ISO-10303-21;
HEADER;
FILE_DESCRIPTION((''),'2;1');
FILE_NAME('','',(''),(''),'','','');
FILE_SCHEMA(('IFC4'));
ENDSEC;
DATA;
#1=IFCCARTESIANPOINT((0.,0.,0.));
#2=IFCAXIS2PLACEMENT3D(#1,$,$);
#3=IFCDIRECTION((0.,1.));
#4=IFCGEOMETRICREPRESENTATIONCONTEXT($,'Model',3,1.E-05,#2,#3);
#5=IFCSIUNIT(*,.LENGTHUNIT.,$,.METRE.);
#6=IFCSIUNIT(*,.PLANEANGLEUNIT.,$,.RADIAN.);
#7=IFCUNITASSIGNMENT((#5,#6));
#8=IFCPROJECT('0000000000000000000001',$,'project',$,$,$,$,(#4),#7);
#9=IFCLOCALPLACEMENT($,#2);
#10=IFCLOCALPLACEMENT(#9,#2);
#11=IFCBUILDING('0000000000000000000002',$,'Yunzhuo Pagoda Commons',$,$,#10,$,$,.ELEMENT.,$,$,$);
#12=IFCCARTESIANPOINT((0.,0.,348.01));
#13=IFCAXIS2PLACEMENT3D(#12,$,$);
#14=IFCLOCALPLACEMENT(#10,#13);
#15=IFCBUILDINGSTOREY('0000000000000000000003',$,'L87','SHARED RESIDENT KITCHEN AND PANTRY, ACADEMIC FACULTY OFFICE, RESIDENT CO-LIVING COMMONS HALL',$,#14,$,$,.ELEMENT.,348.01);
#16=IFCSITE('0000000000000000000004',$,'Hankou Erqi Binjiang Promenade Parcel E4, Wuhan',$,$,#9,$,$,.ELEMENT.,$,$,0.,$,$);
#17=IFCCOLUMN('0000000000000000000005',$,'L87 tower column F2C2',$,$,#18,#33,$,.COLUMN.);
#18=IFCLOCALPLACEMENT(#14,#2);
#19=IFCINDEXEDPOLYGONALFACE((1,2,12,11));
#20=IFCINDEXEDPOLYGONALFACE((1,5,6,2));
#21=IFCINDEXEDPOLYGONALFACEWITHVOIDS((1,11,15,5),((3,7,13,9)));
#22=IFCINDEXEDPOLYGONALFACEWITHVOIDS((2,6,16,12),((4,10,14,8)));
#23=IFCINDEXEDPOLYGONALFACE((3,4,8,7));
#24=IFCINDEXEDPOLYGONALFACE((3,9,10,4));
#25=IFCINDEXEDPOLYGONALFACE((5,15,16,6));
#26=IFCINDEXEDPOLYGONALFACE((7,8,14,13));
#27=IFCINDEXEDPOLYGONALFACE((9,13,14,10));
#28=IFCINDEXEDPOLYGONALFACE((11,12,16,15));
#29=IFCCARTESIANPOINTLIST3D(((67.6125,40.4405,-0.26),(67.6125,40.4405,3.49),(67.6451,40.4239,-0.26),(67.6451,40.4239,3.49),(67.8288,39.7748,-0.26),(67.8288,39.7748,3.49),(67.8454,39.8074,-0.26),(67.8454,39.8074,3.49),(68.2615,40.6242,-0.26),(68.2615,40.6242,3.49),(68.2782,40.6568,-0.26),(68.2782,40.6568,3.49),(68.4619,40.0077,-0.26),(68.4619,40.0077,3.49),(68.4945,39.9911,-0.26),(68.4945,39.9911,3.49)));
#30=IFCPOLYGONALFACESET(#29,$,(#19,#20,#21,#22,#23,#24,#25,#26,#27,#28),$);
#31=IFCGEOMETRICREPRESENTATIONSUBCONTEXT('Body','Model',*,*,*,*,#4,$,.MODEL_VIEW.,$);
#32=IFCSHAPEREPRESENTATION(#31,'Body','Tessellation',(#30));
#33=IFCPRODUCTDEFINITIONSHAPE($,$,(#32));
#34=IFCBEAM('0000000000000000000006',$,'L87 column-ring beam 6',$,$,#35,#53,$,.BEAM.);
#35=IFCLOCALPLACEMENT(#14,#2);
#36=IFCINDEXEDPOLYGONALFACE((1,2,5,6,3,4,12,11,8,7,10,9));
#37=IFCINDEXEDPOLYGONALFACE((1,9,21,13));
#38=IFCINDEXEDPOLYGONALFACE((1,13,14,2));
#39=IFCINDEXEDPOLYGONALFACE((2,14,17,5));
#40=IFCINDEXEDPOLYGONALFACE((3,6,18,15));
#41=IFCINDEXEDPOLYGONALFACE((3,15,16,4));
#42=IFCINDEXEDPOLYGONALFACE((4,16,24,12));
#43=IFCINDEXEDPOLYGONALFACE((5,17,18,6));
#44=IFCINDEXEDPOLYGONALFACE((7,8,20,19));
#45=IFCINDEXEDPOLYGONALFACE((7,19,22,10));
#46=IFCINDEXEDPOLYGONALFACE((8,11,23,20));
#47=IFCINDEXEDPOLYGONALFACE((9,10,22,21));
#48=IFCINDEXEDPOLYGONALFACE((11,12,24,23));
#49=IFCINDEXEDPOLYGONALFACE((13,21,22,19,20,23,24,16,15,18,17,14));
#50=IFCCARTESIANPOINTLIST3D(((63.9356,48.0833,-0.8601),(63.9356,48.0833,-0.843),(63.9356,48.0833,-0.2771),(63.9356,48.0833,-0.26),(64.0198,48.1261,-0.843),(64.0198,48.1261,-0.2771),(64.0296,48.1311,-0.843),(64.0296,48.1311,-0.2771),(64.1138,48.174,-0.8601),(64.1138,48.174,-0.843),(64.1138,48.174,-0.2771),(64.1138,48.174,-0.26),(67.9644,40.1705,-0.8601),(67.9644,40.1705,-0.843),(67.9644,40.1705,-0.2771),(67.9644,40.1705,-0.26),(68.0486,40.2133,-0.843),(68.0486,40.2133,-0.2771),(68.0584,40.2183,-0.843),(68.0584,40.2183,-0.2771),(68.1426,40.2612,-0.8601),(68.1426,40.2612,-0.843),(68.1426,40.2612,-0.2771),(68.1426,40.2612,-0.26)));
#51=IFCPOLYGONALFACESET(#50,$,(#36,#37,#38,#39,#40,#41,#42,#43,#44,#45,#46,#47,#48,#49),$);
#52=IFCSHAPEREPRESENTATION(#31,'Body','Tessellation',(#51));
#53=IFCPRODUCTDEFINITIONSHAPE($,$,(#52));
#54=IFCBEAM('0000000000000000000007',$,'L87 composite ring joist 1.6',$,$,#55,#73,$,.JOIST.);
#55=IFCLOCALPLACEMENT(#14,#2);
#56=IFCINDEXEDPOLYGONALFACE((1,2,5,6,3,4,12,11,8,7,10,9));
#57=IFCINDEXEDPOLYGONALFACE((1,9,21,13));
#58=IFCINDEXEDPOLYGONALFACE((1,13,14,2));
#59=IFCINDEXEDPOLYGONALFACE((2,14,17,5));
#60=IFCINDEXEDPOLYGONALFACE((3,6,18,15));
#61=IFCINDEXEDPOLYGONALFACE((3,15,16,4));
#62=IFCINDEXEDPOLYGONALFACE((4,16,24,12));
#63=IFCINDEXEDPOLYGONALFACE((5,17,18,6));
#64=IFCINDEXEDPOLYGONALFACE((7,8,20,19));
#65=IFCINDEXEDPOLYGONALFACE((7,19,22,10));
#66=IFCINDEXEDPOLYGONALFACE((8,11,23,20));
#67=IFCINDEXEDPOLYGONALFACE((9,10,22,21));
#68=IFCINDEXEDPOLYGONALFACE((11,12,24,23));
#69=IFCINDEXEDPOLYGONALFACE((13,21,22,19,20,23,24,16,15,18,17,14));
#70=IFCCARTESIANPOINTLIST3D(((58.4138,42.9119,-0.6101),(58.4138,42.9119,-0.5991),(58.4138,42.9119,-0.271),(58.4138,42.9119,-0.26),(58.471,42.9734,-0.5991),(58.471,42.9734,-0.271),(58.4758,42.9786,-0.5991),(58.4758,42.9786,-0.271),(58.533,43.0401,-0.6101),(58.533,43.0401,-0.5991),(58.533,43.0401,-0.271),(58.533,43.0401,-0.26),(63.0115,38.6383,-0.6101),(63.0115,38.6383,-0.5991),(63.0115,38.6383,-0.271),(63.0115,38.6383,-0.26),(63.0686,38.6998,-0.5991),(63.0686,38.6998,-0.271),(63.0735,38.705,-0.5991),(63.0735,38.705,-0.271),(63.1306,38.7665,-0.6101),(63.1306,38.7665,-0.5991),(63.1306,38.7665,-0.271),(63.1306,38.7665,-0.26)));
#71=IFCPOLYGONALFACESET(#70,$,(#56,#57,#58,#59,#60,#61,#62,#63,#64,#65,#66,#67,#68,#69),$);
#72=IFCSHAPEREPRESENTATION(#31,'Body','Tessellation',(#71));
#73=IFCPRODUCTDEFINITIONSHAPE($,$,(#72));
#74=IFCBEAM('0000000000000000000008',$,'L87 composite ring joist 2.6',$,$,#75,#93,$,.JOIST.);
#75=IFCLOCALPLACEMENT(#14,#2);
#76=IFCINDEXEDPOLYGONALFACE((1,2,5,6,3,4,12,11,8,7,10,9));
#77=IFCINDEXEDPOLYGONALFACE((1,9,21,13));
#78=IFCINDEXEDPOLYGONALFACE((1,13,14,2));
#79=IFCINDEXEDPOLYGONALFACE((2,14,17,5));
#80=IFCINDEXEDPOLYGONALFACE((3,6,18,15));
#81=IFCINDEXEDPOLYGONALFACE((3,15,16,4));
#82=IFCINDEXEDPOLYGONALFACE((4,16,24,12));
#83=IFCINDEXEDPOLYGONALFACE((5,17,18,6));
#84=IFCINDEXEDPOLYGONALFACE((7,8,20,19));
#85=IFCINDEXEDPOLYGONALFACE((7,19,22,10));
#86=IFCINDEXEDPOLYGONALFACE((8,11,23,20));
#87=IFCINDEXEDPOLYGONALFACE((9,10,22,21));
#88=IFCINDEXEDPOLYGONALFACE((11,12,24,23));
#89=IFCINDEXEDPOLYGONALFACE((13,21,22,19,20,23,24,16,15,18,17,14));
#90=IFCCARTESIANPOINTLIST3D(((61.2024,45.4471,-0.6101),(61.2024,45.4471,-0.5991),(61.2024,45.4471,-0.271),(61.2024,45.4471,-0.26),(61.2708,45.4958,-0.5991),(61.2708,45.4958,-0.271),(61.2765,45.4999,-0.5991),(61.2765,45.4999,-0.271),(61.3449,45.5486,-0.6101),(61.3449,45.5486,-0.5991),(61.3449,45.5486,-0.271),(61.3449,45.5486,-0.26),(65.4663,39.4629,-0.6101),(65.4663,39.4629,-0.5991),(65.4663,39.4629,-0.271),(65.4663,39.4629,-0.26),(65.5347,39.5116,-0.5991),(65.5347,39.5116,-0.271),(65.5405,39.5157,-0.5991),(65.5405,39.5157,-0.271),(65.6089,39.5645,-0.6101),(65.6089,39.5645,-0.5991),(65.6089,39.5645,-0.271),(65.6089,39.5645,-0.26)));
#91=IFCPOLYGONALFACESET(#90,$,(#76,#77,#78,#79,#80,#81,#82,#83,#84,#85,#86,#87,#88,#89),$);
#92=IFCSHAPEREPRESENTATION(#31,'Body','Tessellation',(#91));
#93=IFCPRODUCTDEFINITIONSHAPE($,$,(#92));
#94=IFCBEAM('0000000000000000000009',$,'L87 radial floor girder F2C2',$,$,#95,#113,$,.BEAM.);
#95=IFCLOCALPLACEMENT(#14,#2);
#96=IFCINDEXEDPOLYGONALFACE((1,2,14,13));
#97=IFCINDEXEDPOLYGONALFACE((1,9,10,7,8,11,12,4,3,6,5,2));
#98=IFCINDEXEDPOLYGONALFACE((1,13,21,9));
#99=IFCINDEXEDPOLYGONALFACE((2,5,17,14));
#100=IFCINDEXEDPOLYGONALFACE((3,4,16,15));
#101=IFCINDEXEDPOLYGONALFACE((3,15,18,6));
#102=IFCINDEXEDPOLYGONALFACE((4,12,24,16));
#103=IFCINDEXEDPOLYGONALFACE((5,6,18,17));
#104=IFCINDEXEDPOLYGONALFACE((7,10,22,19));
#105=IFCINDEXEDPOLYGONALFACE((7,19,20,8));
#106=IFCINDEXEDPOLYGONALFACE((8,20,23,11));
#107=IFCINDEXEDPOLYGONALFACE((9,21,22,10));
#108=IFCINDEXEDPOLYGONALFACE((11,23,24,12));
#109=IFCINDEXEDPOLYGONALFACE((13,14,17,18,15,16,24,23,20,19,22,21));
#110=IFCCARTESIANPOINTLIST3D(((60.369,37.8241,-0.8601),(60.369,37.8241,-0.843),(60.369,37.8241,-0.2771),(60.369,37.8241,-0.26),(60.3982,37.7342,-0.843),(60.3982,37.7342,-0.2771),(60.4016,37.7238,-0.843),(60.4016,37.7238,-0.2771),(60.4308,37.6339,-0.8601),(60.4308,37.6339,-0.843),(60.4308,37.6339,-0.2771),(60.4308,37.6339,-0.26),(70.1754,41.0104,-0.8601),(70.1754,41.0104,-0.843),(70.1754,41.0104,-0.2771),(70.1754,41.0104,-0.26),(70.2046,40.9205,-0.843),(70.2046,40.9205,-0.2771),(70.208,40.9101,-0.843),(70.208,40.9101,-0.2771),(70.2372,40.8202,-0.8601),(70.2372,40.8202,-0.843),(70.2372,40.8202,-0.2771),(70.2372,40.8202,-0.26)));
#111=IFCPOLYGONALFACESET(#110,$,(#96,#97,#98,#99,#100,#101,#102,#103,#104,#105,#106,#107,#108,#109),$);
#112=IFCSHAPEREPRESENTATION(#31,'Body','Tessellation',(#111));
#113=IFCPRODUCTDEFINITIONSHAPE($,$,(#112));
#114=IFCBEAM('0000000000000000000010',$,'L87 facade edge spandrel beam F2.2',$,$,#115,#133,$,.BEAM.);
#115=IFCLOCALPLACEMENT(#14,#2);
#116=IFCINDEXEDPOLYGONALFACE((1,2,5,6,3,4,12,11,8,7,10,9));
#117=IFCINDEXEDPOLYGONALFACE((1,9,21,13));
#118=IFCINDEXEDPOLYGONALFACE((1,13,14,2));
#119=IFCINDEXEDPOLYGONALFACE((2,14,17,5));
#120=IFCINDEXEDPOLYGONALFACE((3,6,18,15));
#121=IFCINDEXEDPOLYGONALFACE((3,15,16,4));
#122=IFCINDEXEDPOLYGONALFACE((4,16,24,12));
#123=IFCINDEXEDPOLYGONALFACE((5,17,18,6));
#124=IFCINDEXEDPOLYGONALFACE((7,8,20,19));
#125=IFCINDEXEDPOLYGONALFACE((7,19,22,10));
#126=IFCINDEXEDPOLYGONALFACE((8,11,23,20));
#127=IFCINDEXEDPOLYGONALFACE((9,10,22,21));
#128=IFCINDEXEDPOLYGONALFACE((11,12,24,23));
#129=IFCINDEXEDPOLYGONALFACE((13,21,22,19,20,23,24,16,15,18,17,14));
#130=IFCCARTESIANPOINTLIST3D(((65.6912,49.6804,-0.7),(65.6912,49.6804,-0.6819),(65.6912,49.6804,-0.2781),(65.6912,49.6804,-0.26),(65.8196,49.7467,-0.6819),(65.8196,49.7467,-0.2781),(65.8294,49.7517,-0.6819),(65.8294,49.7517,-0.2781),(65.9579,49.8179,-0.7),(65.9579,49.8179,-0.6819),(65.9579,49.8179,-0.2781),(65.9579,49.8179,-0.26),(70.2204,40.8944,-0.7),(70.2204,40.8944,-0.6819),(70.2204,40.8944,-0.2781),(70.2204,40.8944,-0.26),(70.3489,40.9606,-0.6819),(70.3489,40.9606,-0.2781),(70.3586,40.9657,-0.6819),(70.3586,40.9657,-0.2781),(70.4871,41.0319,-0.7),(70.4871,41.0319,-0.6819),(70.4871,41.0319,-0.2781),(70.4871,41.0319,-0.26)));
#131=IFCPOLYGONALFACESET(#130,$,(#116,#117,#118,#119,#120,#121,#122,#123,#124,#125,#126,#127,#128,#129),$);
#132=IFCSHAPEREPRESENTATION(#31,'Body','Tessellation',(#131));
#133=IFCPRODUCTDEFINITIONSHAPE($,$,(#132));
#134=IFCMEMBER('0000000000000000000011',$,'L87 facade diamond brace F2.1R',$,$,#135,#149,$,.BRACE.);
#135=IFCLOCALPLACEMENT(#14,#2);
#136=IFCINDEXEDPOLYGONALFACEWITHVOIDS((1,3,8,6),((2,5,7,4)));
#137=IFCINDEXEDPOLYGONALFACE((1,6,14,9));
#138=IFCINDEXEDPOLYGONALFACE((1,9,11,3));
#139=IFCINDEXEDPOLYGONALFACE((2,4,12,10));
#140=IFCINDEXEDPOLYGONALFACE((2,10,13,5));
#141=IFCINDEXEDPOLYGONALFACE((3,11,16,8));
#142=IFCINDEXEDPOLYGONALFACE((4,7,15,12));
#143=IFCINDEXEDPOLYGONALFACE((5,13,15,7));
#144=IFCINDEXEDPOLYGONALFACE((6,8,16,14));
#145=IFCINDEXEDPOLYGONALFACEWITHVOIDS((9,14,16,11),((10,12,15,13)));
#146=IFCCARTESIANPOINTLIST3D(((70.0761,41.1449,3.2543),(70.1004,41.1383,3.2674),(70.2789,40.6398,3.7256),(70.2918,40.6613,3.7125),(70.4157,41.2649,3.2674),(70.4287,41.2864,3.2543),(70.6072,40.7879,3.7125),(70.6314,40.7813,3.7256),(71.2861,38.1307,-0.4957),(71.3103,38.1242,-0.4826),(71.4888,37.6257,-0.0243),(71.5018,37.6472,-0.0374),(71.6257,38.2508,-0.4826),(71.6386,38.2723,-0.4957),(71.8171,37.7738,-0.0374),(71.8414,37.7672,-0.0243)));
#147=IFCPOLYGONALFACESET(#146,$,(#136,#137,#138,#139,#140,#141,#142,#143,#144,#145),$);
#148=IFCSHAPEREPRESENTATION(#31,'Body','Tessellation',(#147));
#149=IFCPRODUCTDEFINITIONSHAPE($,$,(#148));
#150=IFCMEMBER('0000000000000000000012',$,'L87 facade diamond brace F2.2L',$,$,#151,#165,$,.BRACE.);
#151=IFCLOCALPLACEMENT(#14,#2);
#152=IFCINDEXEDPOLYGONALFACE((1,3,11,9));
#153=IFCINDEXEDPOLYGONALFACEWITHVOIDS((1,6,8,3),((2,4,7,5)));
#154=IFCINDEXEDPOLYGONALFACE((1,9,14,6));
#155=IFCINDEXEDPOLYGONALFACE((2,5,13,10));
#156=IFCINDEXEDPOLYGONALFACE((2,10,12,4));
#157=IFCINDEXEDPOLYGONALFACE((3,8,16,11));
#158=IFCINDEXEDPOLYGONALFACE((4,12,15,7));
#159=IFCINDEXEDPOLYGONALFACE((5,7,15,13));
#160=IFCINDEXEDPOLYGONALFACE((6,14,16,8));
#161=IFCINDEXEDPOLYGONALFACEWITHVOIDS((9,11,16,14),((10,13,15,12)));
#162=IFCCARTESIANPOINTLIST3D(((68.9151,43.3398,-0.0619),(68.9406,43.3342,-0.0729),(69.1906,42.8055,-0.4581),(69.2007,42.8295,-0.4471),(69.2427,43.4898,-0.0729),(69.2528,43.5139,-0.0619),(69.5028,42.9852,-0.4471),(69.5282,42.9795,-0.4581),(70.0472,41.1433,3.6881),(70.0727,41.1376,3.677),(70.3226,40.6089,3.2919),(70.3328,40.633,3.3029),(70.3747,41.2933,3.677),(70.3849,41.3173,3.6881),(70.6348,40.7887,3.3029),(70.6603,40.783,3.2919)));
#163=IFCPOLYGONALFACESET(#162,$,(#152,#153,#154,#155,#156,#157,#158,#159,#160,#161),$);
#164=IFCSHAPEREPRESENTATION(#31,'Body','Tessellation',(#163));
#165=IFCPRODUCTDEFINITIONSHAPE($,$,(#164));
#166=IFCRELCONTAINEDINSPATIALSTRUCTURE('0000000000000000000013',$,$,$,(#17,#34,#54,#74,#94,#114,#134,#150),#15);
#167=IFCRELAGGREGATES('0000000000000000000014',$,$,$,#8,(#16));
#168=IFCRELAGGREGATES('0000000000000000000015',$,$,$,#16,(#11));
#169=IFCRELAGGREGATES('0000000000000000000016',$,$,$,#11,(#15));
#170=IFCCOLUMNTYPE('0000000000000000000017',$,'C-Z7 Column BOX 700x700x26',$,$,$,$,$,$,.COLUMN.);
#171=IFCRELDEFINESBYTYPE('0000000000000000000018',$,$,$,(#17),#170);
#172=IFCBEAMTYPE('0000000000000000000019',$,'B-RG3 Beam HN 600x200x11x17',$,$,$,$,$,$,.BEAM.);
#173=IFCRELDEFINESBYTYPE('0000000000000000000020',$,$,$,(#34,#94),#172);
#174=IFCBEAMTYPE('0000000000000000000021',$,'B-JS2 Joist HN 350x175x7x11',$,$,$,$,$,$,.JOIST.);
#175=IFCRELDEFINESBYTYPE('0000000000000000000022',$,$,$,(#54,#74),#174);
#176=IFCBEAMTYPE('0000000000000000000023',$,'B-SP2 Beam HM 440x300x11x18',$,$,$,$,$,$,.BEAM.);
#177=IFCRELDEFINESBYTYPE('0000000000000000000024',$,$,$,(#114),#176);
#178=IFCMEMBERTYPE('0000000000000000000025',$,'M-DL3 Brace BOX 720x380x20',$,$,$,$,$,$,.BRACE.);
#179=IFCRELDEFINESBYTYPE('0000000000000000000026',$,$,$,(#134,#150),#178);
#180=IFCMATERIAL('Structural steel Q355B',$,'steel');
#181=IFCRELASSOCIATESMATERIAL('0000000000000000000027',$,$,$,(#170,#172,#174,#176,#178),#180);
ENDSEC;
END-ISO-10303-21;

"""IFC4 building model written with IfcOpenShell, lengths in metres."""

from ifc_helpers import new_model, si_unit, direction, frame, origin, origin_2d, place, context, subcontext, project, spatial, hollow_rectangle, i_section, extrude, source, transform, mapped, material, material_profile, profile_set, type_object, element, save


model = new_model("IFC4")

# Units and contexts
model_context = context("Model", 3, precision=1e-05, world=origin(), true_north=direction((0.0, 1.0)))
body_context = subcontext(model_context, "Body", "Model", "MODEL_VIEW")
ifc_project = project(units=[si_unit("LENGTHUNIT", "METRE"), si_unit("PLANEANGLEUNIT", "RADIAN")], contexts=[model_context])

# Site, building, storey
site_placement = place(None, origin())
site = spatial("IfcSite", under=ifc_project, at=site_placement, Name="Hankou Erqi Binjiang Promenade Parcel E4, Wuhan", CompositionType="ELEMENT", RefElevation=0.0)
building_placement = place(site_placement, origin())
building = spatial("IfcBuilding", under=site, at=building_placement, Name="Yunzhuo Pagoda Commons", CompositionType="ELEMENT")
storey_placement = place(building_placement, frame((0.0, 0.0, 348.01)))
storey = spatial("IfcBuildingStorey", under=building, at=storey_placement, Name="L87", Description="SHARED RESIDENT KITCHEN AND PANTRY, ACADEMIC FACULTY OFFICE, RESIDENT CO-LIVING COMMONS HALL", CompositionType="ELEMENT", Elevation=348.01)

# Column
ifc_material_1 = material(Name="Structural steel Q355B", Category="steel")
ifc_material_profile_1 = material_profile(ifc_material_1, hollow_rectangle(XDim=0.7, YDim=0.7, WallThickness=0.0259, at=origin_2d()), Name="Structural steel Q355B")
ifc_profile_set_1 = profile_set([ifc_material_profile_1], Name="Structural steel Q355B")
column_type = type_object("IfcColumnType", Name="C-Z7 Column BOX 700x700x26", PredefinedType="COLUMN", material=ifc_profile_set_1)
shared_shape_1 = source(origin(), body_context, "Body", "SweptSolid", [
    extrude(hollow_rectangle(XDim=0.7, YDim=0.7, WallThickness=0.0259, at=origin_2d()), origin(), (0.0, 0.0, 1.0), 3.75),
])
column_placement = place(storey_placement, frame((68.0535, 40.2158, -0.26), z_axis=(0.0, 0.0, 1.0), x_axis=(-0.309017, 0.951057, 0.0)))
element("IfcColumn", 1, at=column_placement, inside=storey, type_object=column_type, Name="L87 tower column F2C2", PredefinedType="COLUMN", context=body_context, shape_type="MappedRepresentation", body=[
    mapped(shared_shape_1, transform((0.0, 0.0, 0.0), scale=1.0)),
])

# Beams
ifc_material_profile_2 = material_profile(ifc_material_1, i_section(OverallWidth=0.2, OverallDepth=0.6001, WebThickness=0.011, FlangeThickness=0.0171, at=origin_2d()), Name="Structural steel Q355B")
ifc_profile_set_2 = profile_set([ifc_material_profile_2], Name="Structural steel Q355B")
beam_type_1 = type_object("IfcBeamType", Name="B-RG3 Beam HN 600x200x11x17", PredefinedType="BEAM", material=ifc_profile_set_2)
shared_shape_2 = source(origin(), body_context, "Body", "SweptSolid", [
    extrude(i_section(OverallWidth=0.2, OverallDepth=0.6001, WebThickness=0.011, FlangeThickness=0.0171, at=origin_2d()), origin(), (0.0, 0.0, 1.0), 8.8794),
])
beam_1_placement = place(storey_placement, frame((68.0535, 40.2158, -0.5601), z_axis=(-0.453724, 0.891142, 0.0), x_axis=(-0.891142, -0.453724, 0.0)))
element("IfcBeam", 2, at=beam_1_placement, inside=storey, type_object=beam_type_1, Name="L87 column-ring beam 6", PredefinedType="BEAM", context=body_context, shape_type="MappedRepresentation", body=[
    mapped(shared_shape_2, transform((0.0, 0.0, 0.0), scale=1.0)),
])
ifc_material_profile_3 = material_profile(ifc_material_1, i_section(OverallWidth=0.175, OverallDepth=0.3501, WebThickness=0.0071, FlangeThickness=0.011, at=origin_2d()), Name="Structural steel Q355B")
ifc_profile_set_3 = profile_set([ifc_material_profile_3], Name="Structural steel Q355B")
beam_type_2 = type_object("IfcBeamType", Name="B-JS2 Joist HN 350x175x7x11", PredefinedType="JOIST", material=ifc_profile_set_3)
shared_shape_3 = source(origin(), body_context, "Body", "SweptSolid", [
    extrude(i_section(OverallWidth=0.175, OverallDepth=0.3501, WebThickness=0.0071, FlangeThickness=0.011, at=origin_2d()), origin(), (0.0, 0.0, 1.0), 6.2771),
])
beam_2_placement = place(storey_placement, frame((63.071, 38.7024, -0.4351), z_axis=(-0.732442, 0.68083, 0.0), x_axis=(-0.68083, -0.732442, 0.0)))
element("IfcBeam", 3, at=beam_2_placement, inside=storey, type_object=beam_type_2, Name="L87 composite ring joist 1.6", PredefinedType="JOIST", context=body_context, shape_type="MappedRepresentation", body=[
    mapped(shared_shape_3, transform((0.0, 0.0, 0.0), scale=1.0)),
])
shared_shape_4 = source(origin(), body_context, "Body", "SweptSolid", [
    extrude(i_section(OverallWidth=0.175, OverallDepth=0.3501, WebThickness=0.0071, FlangeThickness=0.011, at=origin_2d()), origin(), (0.0, 0.0, 1.0), 7.3479),
])
beam_3_placement = place(storey_placement, frame((65.5376, 39.5137, -0.4351), z_axis=(-0.580295, 0.814406, 0.0), x_axis=(-0.814406, -0.580295, 0.0)))
element("IfcBeam", 4, at=beam_3_placement, inside=storey, type_object=beam_type_2, Name="L87 composite ring joist 2.6", PredefinedType="JOIST", context=body_context, shape_type="MappedRepresentation", body=[
    mapped(shared_shape_4, transform((0.0, 0.0, 0.0), scale=1.0)),
])
shared_shape_5 = source(origin(), body_context, "Body", "SweptSolid", [
    extrude(i_section(OverallWidth=0.2, OverallDepth=0.6001, WebThickness=0.011, FlangeThickness=0.0171, at=origin_2d()), origin(), (0.0, 0.0, 1.0), 10.311),
])
beam_4_placement = place(storey_placement, frame((70.2063, 40.9153, -0.5601), z_axis=(-0.951057, -0.309016, 0.0), x_axis=(0.309016, -0.951057, 0.0)))
element("IfcBeam", 5, at=beam_4_placement, inside=storey, type_object=beam_type_1, Name="L87 radial floor girder F2C2", PredefinedType="BEAM", context=body_context, shape_type="MappedRepresentation", body=[
    mapped(shared_shape_5, transform((0.0, 0.0, 0.0), scale=1.0)),
])
ifc_material_profile_4 = material_profile(ifc_material_1, i_section(OverallWidth=0.3, OverallDepth=0.4399, WebThickness=0.011, FlangeThickness=0.0181, at=origin_2d()), Name="Structural steel Q355B")
ifc_profile_set_4 = profile_set([ifc_material_profile_4], Name="Structural steel Q355B")
beam_type_3 = type_object("IfcBeamType", Name="B-SP2 Beam HM 440x300x11x18", PredefinedType="BEAM", material=ifc_profile_set_4)
shared_shape_6 = source(origin(), body_context, "Body", "SweptSolid", [
    extrude(i_section(OverallWidth=0.3, OverallDepth=0.4399, WebThickness=0.011, FlangeThickness=0.0181, at=origin_2d()), origin(), (0.0, 0.0, 1.0), 9.8848),
])
beam_5_placement = place(storey_placement, frame((70.3538, 40.9631, -0.48), z_axis=(-0.458205, 0.888847, 0.0), x_axis=(-0.888847, -0.458205, 0.0)))
element("IfcBeam", 6, at=beam_5_placement, inside=storey, type_object=beam_type_3, Name="L87 facade edge spandrel beam F2.2", PredefinedType="BEAM", context=body_context, shape_type="MappedRepresentation", body=[
    mapped(shared_shape_6, transform((0.0, 0.0, 0.0), scale=1.0)),
])

# Members
ifc_material_profile_5 = material_profile(ifc_material_1, hollow_rectangle(XDim=0.3799, YDim=0.72, WallThickness=0.02, at=origin_2d()), Name="Structural steel Q355B")
ifc_profile_set_5 = profile_set([ifc_material_profile_5], Name="Structural steel Q355B")
member_type_1 = type_object("IfcMemberType", Name="M-DL3 Brace BOX 720x380x20", PredefinedType="BRACE", material=ifc_profile_set_5)
shared_shape_7 = source(origin(), body_context, "Body", "SweptSolid", [
    extrude(hollow_rectangle(XDim=0.3799, YDim=0.72, WallThickness=0.02, at=origin_2d()), origin(), (0.0, 0.0, 1.0), 4.9609),
])
member_1_placement = place(storey_placement, frame((71.5637, 37.949, -0.26), z_axis=(-0.243894, 0.607569, 0.755894), x_axis=(-0.92802, -0.372531, 0.0)))
element("IfcMember", 7, at=member_1_placement, inside=storey, type_object=member_type_1, Name="L87 facade diamond brace F2.1R", PredefinedType="BRACE", context=body_context, shape_type="MappedRepresentation", body=[
    mapped(shared_shape_7, transform((0.0, 0.0, 0.0), scale=1.0)),
])
shared_shape_8 = source(origin(), body_context, "Body", "SweptSolid", [
    extrude(hollow_rectangle(XDim=0.3799, YDim=0.72, WallThickness=0.02, at=origin_2d()), origin(), (0.0, 0.0, 1.0), 4.491),
])
member_2_placement = place(storey_placement, frame((69.2217, 43.1597, -0.26), z_axis=(0.252079, -0.489099, 0.835008), x_axis=(0.888887, 0.458127, 0.0)))
element("IfcMember", 8, at=member_2_placement, inside=storey, type_object=member_type_1, Name="L87 facade diamond brace F2.2L", PredefinedType="BRACE", context=body_context, shape_type="MappedRepresentation", body=[
    mapped(shared_shape_8, transform((0.0, 0.0, 0.0), scale=1.0)),
])

save(model, "model.ifc")
